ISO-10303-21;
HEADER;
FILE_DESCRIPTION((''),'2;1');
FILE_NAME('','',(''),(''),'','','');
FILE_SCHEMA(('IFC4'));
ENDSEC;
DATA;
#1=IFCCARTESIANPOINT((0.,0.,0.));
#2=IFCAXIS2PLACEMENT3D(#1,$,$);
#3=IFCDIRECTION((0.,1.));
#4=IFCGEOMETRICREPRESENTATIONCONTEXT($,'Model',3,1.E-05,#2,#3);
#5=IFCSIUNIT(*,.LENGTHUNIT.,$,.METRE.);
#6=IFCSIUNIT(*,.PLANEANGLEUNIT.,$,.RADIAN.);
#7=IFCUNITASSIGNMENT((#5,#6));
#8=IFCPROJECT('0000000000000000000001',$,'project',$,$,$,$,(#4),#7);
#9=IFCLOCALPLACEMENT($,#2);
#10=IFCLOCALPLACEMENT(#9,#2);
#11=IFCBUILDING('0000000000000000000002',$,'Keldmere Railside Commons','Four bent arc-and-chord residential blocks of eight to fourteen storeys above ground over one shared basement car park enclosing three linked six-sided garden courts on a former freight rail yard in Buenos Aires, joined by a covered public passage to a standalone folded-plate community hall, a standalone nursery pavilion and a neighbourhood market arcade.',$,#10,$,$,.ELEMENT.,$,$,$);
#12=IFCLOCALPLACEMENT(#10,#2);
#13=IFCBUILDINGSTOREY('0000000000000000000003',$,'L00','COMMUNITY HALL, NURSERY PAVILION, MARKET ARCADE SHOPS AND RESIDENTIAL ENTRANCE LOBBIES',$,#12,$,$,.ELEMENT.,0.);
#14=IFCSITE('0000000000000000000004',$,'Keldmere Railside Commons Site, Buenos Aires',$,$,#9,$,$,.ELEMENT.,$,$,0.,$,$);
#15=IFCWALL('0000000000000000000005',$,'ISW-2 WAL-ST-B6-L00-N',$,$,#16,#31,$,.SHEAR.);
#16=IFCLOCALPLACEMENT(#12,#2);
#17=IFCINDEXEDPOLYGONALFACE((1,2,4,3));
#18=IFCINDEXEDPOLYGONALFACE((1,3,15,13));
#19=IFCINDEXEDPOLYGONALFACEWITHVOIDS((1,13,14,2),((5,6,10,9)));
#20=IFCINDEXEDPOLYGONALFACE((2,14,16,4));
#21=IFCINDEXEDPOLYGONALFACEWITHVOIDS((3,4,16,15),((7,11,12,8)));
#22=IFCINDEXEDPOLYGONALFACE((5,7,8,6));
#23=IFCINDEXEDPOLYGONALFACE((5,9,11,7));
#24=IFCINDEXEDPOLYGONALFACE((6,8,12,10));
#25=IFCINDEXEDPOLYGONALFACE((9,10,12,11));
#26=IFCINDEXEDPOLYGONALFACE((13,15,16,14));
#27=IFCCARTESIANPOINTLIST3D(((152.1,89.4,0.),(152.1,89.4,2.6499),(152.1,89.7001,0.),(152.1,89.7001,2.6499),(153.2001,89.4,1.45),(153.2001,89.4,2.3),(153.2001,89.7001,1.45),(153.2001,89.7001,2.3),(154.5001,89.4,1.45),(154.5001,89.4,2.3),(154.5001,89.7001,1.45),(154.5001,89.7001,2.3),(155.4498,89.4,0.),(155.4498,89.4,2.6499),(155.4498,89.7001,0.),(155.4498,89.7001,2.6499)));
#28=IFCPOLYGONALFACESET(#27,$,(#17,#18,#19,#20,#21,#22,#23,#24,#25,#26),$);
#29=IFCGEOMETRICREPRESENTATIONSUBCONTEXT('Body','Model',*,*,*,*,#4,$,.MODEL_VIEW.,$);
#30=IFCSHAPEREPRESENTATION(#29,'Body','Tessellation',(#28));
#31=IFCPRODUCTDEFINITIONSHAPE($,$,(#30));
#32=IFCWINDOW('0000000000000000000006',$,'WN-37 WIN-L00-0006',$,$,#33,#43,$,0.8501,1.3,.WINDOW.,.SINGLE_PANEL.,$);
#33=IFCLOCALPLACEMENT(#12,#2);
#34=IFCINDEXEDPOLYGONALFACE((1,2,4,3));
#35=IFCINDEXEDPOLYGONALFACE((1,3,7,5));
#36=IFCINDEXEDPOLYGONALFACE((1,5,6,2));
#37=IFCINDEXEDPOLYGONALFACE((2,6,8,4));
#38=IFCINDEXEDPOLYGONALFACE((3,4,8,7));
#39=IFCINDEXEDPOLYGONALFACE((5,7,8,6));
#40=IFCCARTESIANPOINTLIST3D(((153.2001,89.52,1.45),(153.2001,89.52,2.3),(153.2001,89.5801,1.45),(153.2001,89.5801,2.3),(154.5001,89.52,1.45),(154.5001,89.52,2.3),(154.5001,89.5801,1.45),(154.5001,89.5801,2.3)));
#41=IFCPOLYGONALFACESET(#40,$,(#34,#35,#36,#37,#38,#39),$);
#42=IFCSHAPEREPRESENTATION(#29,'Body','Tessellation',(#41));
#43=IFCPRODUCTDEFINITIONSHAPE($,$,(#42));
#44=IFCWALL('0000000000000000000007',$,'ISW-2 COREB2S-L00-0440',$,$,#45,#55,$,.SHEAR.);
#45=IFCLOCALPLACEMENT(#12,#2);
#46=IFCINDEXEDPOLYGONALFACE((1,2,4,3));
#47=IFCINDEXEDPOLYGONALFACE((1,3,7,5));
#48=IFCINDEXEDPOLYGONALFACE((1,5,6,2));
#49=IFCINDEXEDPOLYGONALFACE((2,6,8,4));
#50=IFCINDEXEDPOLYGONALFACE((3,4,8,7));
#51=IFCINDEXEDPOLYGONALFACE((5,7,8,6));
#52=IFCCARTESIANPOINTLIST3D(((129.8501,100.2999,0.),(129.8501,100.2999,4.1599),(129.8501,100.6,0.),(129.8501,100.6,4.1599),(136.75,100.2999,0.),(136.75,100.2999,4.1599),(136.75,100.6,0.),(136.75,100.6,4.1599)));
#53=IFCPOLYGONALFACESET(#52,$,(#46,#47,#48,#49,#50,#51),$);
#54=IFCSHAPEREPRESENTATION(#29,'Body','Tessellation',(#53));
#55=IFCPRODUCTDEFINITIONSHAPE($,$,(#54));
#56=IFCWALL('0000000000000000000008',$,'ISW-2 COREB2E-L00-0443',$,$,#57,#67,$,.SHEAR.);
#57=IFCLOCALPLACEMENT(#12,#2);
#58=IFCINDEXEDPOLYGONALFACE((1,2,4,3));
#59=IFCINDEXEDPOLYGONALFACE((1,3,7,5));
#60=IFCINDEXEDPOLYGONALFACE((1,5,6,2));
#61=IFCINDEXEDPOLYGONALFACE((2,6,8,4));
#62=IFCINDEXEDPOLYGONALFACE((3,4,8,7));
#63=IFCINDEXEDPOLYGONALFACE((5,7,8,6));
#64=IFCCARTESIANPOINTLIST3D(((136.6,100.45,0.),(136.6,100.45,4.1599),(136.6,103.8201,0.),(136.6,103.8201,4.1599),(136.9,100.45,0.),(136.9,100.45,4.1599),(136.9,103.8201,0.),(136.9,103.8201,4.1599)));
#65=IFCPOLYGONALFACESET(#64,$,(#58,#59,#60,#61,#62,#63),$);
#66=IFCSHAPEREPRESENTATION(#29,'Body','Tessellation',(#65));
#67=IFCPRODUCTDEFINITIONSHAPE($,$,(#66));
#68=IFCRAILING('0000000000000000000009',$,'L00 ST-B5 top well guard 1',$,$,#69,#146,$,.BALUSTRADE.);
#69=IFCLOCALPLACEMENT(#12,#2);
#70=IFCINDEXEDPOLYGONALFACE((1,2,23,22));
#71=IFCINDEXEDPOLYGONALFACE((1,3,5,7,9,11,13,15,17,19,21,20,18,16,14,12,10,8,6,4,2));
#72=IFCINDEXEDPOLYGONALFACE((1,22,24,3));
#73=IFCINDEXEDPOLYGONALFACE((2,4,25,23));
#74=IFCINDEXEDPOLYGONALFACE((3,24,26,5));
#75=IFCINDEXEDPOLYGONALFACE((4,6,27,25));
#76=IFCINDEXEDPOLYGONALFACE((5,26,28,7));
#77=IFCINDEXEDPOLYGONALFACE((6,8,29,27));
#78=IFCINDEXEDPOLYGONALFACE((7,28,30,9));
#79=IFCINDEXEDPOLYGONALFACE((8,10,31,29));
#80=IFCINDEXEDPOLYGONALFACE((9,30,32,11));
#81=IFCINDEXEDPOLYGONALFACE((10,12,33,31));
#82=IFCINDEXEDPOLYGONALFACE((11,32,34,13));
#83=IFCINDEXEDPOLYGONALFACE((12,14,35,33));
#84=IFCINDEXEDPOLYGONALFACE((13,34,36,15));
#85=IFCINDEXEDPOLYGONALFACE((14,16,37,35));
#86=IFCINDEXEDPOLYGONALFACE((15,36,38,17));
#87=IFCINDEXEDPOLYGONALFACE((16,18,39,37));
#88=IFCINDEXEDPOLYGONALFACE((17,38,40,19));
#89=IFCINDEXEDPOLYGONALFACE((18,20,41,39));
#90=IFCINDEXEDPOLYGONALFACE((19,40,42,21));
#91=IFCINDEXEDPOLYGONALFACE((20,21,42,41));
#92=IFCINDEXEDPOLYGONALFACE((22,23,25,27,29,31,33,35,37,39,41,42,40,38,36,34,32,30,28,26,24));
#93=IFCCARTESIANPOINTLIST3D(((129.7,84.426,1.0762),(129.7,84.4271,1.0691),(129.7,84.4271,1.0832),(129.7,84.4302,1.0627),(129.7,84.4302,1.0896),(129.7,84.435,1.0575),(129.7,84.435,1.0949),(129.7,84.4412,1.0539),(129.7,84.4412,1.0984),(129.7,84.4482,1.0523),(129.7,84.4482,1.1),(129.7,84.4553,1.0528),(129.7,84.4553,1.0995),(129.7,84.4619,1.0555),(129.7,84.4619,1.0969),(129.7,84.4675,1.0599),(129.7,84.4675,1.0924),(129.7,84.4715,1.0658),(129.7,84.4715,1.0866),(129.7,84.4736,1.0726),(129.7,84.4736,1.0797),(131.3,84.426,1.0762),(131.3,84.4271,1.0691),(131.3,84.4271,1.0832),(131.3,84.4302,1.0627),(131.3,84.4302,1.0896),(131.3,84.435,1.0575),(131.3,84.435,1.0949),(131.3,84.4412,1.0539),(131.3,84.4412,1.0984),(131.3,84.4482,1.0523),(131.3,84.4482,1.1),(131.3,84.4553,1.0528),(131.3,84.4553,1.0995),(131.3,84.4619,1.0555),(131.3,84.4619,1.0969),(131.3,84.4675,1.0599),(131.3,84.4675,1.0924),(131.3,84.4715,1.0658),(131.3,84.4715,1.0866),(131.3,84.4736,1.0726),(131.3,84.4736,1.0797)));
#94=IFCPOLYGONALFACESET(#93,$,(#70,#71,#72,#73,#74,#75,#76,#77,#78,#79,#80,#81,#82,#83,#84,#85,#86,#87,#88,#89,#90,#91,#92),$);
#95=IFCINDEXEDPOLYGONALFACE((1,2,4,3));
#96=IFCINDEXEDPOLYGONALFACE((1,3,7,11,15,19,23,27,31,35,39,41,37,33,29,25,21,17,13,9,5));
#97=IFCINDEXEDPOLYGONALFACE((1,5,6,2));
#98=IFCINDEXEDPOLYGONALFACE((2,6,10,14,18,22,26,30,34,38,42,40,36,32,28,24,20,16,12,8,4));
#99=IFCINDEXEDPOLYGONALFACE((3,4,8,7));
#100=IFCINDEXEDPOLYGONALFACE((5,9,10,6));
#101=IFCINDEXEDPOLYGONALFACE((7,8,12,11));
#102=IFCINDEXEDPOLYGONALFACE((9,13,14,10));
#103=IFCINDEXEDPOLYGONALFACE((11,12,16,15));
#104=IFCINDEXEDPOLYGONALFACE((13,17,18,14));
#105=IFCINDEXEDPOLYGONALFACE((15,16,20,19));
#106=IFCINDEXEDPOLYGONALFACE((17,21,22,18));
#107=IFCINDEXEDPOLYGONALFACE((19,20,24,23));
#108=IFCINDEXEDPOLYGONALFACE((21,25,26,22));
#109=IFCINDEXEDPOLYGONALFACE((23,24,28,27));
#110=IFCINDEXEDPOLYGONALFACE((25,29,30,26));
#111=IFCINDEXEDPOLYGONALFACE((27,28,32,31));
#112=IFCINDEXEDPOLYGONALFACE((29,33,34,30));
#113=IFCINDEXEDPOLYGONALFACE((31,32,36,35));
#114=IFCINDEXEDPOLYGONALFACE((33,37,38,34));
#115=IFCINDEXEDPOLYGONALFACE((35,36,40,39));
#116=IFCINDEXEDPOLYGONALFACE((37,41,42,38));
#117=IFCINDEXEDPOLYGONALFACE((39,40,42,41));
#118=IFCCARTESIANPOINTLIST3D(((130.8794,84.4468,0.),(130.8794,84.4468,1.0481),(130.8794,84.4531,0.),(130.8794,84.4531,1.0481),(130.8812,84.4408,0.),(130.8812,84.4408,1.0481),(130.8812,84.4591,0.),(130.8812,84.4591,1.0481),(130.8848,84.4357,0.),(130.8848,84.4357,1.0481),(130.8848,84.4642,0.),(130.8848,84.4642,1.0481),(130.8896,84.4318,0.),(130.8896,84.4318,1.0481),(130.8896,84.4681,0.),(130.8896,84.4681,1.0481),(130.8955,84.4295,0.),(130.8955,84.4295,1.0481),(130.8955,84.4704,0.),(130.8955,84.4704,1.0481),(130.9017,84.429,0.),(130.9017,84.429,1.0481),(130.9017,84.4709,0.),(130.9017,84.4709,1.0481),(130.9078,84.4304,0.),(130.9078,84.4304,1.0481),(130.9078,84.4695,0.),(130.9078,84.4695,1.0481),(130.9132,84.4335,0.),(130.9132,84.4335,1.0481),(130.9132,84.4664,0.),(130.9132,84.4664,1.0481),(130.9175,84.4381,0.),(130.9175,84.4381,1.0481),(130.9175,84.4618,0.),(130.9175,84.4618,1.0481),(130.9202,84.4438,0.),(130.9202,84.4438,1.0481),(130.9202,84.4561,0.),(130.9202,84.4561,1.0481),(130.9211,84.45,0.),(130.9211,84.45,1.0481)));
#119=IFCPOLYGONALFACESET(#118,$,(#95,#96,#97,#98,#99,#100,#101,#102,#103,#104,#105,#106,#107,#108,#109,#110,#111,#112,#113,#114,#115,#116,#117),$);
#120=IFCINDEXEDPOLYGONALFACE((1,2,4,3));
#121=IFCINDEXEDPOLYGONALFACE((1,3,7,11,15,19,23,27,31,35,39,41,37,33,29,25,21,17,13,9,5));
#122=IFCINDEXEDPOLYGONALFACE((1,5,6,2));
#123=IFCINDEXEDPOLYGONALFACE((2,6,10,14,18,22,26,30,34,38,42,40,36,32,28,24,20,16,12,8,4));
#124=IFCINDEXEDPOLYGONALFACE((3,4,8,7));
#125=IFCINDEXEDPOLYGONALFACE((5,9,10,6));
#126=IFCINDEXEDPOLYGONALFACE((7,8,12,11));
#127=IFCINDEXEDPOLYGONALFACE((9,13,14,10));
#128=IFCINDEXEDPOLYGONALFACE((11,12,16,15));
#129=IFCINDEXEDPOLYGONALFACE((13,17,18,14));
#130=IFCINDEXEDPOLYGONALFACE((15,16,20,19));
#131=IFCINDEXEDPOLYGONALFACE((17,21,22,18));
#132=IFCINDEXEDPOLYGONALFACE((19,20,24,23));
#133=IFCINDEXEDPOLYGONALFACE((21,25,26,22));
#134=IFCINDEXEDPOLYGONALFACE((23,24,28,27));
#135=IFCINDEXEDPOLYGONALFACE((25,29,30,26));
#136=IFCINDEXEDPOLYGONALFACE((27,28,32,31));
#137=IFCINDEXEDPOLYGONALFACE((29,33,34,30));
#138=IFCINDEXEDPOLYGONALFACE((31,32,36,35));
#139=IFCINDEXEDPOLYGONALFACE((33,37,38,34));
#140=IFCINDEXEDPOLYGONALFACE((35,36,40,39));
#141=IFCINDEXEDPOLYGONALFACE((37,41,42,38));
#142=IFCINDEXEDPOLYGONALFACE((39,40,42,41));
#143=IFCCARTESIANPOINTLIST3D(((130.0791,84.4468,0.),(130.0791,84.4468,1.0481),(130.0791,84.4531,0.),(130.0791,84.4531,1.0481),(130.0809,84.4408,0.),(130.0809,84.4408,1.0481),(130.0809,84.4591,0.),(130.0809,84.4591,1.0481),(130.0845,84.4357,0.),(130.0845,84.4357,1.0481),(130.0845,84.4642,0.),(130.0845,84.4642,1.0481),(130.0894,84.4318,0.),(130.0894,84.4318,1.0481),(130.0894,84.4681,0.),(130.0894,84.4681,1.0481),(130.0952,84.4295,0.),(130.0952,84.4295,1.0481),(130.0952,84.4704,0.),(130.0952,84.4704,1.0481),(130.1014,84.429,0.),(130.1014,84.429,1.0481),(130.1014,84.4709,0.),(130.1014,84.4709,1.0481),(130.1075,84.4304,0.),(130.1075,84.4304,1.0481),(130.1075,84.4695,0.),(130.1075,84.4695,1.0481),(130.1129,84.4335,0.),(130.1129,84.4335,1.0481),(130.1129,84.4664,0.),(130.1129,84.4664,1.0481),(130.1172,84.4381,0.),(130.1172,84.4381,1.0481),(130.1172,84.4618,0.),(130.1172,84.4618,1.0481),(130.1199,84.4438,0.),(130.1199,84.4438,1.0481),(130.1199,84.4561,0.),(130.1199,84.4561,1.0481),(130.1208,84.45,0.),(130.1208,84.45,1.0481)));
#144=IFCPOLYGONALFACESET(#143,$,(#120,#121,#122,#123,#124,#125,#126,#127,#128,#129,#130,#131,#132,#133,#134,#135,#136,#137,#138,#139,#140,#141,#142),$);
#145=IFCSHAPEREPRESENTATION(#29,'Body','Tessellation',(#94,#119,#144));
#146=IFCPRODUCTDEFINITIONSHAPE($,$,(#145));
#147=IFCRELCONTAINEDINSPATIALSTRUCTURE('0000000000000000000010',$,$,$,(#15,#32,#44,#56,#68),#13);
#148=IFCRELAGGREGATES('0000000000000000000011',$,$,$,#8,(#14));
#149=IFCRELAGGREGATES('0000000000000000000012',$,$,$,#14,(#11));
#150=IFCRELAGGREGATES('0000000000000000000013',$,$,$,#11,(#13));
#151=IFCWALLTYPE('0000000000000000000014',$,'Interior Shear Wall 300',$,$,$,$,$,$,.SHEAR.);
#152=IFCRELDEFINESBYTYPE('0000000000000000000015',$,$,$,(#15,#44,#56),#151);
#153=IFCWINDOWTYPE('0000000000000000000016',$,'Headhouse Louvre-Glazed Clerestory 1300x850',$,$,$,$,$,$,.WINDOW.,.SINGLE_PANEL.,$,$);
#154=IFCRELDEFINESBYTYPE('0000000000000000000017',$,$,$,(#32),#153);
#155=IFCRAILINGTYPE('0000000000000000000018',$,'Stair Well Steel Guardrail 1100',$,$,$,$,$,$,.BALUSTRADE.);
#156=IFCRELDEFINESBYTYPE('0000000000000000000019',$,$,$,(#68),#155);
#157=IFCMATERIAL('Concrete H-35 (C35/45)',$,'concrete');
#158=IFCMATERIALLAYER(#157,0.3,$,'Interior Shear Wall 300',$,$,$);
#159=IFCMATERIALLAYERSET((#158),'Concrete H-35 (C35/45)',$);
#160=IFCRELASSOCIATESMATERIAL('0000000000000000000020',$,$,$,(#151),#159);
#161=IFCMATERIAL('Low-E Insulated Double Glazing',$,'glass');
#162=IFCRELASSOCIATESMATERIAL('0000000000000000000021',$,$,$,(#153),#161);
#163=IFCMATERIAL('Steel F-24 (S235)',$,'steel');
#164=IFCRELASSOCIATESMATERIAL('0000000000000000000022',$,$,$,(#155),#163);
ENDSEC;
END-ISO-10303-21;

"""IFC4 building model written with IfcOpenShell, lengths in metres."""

from ifc_helpers import new_model, si_unit, direction, frame, frame_2d, origin, origin_2d, place, context, subcontext, project, spatial, rectangle, circle, extrude, material, layer, layer_set, type_object, element, fill, save


model = new_model("IFC4")

# Units and contexts
model_context = context("Model", 3, precision=1e-05, world=origin(), true_north=direction((0.0, 1.0)))
body_context = subcontext(model_context, "Body", "Model", "MODEL_VIEW")
ifc_project = project(units=[si_unit("LENGTHUNIT", "METRE"), si_unit("PLANEANGLEUNIT", "RADIAN")], contexts=[model_context])

# Site, building, storey
site_placement = place(None, origin())
site = spatial("IfcSite", under=ifc_project, at=site_placement, Name="Keldmere Railside Commons Site, Buenos Aires", CompositionType="ELEMENT", RefElevation=0.0)
building_placement = place(site_placement, origin())
building = spatial("IfcBuilding", under=site, at=building_placement, Name="Keldmere Railside Commons", Description="Four bent arc-and-chord residential blocks of eight to fourteen storeys above ground over one shared basement car park enclosing three linked six-sided garden courts on a former freight rail yard in Buenos Aires, joined by a covered public passage to a standalone folded-plate community hall, a standalone nursery pavilion and a neighbourhood market arcade.", CompositionType="ELEMENT")
storey_placement = place(building_placement, origin())
storey = spatial("IfcBuildingStorey", under=building, at=storey_placement, Name="L00", Description="COMMUNITY HALL, NURSERY PAVILION, MARKET ARCADE SHOPS AND RESIDENTIAL ENTRANCE LOBBIES", CompositionType="ELEMENT", Elevation=0.0)

# Shared definitions
ifc_material_1 = material(Name="Low-E Insulated Double Glazing", Category="glass")

# Shared definitions
ifc_material_2 = material(Name="Concrete H-35 (C35/45)", Category="concrete")

# Shared definitions
ifc_material_3 = material(Name="Steel F-24 (S235)", Category="steel")

# Shared definitions
ifc_layer_1 = layer(ifc_material_2, 0.3, Name="Interior Shear Wall 300")
ifc_layer_set_1 = layer_set([ifc_layer_1], Name="Concrete H-35 (C35/45)")
wall_type_1 = type_object("IfcWallType", Name="Interior Shear Wall 300", PredefinedType="SHEAR", material=ifc_layer_set_1)

# Wall, opening, window
wall_1_placement = place(storey_placement, frame((152.1001, 89.55, 0.0), z_axis=(0.0, 0.0, 1.0), x_axis=(1.0, 0.0, 0.0)))
wall_1 = element("IfcWall", 1, at=wall_1_placement, inside=storey, type_object=wall_type_1, Name="ISW-2 WAL-ST-B6-L00-N", PredefinedType="SHEAR", context=body_context, shape_type="SweptSolid", body=[
    extrude(rectangle(XDim=3.3499, YDim=0.3, at=frame_2d((1.6748, 0.0))), origin(), (0.0, 0.0, 1.0), 2.6499),
])
opening_1_placement = place(wall_1_placement, frame((1.1001, 0.0, 1.45)))
opening_1 = element("IfcOpeningElement", 2, at=opening_1_placement, cuts=wall_1, PredefinedType="OPENING", context=body_context, shape_type="SweptSolid", body=[
    extrude(rectangle(XDim=1.3, YDim=0.8501, at=frame_2d((0.6499, 0.425))), frame((0.0, 0.1599, 0.0), z_axis=(0.0, -1.0, 0.0), x_axis=(1.0, 0.0, 0.0)), (0.0, 0.0, 1.0), 0.3201),
])
window_type_1 = type_object("IfcWindowType", Name="Headhouse Louvre-Glazed Clerestory 1300x850", PartitioningType="SINGLE_PANEL", PredefinedType="WINDOW", material=ifc_material_1)
window_1_placement = place(opening_1_placement, origin())
window_1 = element("IfcWindow", 3, at=window_1_placement, inside=storey, type_object=window_type_1, Name="WN-37 WIN-L00-0006", OverallHeight=0.8501, OverallWidth=1.3, PartitioningType="SINGLE_PANEL", PredefinedType="WINDOW", context=body_context, shape_type="SweptSolid", body=[
    extrude(rectangle(XDim=1.3, YDim=0.8501, at=frame_2d((0.6499, 0.425))), frame((0.0, 0.03, 0.0), z_axis=(0.0, -1.0, 0.0), x_axis=(1.0, 0.0, 0.0)), (0.0, 0.0, 1.0), 0.0601),
])
fill(opening_1, window_1)

# Walls
wall_2_placement = place(storey_placement, frame((129.8501, 100.45, 0.0), z_axis=(0.0, 0.0, 1.0), x_axis=(1.0, 0.0, 0.0)))
element("IfcWall", 4, at=wall_2_placement, inside=storey, type_object=wall_type_1, Name="ISW-2 COREB2S-L00-0440", PredefinedType="SHEAR", context=body_context, shape_type="SweptSolid", body=[
    extrude(rectangle(XDim=6.8999, YDim=0.3, at=frame_2d((3.45, 0.0))), origin(), (0.0, 0.0, 1.0), 4.1599),
])
wall_3_placement = place(storey_placement, frame((136.75, 100.45, 0.0), z_axis=(0.0, 0.0, 1.0), x_axis=(0.0, 1.0, 0.0)))
element("IfcWall", 5, at=wall_3_placement, inside=storey, type_object=wall_type_1, Name="ISW-2 COREB2E-L00-0443", PredefinedType="SHEAR", context=body_context, shape_type="SweptSolid", body=[
    extrude(rectangle(XDim=3.3701, YDim=0.3, at=frame_2d((1.6851, 0.0))), origin(), (0.0, 0.0, 1.0), 4.1599),
])

# Railing
railing_type = type_object("IfcRailingType", Name="Stair Well Steel Guardrail 1100", PredefinedType="BALUSTRADE", material=ifc_material_3)
railing_1_placement = place(storey_placement, frame((131.3, 84.45, 0.0)))
element("IfcRailing", 6, at=railing_1_placement, inside=storey, type_object=railing_type, Name="L00 ST-B5 top well guard 1", PredefinedType="BALUSTRADE", context=body_context, shape_type="SweptSolid", body=[
    extrude(circle(Radius=0.0239, at=origin_2d()), frame((0.0, 0.0, 1.0762), z_axis=(-1.0, 0.0, 0.0), x_axis=(0.0, -1.0, 0.0)), (0.0, 0.0, 1.0), 1.6001),
    extrude(circle(Radius=0.021, at=origin_2d()), frame((-0.3999, 0.0, 0.0)), (0.0, 0.0, 1.0), 1.0481),
    extrude(circle(Radius=0.021, at=origin_2d()), frame((-1.2002, 0.0, 0.0)), (0.0, 0.0, 1.0), 1.0481),
])

save(model, "model.ifc")
